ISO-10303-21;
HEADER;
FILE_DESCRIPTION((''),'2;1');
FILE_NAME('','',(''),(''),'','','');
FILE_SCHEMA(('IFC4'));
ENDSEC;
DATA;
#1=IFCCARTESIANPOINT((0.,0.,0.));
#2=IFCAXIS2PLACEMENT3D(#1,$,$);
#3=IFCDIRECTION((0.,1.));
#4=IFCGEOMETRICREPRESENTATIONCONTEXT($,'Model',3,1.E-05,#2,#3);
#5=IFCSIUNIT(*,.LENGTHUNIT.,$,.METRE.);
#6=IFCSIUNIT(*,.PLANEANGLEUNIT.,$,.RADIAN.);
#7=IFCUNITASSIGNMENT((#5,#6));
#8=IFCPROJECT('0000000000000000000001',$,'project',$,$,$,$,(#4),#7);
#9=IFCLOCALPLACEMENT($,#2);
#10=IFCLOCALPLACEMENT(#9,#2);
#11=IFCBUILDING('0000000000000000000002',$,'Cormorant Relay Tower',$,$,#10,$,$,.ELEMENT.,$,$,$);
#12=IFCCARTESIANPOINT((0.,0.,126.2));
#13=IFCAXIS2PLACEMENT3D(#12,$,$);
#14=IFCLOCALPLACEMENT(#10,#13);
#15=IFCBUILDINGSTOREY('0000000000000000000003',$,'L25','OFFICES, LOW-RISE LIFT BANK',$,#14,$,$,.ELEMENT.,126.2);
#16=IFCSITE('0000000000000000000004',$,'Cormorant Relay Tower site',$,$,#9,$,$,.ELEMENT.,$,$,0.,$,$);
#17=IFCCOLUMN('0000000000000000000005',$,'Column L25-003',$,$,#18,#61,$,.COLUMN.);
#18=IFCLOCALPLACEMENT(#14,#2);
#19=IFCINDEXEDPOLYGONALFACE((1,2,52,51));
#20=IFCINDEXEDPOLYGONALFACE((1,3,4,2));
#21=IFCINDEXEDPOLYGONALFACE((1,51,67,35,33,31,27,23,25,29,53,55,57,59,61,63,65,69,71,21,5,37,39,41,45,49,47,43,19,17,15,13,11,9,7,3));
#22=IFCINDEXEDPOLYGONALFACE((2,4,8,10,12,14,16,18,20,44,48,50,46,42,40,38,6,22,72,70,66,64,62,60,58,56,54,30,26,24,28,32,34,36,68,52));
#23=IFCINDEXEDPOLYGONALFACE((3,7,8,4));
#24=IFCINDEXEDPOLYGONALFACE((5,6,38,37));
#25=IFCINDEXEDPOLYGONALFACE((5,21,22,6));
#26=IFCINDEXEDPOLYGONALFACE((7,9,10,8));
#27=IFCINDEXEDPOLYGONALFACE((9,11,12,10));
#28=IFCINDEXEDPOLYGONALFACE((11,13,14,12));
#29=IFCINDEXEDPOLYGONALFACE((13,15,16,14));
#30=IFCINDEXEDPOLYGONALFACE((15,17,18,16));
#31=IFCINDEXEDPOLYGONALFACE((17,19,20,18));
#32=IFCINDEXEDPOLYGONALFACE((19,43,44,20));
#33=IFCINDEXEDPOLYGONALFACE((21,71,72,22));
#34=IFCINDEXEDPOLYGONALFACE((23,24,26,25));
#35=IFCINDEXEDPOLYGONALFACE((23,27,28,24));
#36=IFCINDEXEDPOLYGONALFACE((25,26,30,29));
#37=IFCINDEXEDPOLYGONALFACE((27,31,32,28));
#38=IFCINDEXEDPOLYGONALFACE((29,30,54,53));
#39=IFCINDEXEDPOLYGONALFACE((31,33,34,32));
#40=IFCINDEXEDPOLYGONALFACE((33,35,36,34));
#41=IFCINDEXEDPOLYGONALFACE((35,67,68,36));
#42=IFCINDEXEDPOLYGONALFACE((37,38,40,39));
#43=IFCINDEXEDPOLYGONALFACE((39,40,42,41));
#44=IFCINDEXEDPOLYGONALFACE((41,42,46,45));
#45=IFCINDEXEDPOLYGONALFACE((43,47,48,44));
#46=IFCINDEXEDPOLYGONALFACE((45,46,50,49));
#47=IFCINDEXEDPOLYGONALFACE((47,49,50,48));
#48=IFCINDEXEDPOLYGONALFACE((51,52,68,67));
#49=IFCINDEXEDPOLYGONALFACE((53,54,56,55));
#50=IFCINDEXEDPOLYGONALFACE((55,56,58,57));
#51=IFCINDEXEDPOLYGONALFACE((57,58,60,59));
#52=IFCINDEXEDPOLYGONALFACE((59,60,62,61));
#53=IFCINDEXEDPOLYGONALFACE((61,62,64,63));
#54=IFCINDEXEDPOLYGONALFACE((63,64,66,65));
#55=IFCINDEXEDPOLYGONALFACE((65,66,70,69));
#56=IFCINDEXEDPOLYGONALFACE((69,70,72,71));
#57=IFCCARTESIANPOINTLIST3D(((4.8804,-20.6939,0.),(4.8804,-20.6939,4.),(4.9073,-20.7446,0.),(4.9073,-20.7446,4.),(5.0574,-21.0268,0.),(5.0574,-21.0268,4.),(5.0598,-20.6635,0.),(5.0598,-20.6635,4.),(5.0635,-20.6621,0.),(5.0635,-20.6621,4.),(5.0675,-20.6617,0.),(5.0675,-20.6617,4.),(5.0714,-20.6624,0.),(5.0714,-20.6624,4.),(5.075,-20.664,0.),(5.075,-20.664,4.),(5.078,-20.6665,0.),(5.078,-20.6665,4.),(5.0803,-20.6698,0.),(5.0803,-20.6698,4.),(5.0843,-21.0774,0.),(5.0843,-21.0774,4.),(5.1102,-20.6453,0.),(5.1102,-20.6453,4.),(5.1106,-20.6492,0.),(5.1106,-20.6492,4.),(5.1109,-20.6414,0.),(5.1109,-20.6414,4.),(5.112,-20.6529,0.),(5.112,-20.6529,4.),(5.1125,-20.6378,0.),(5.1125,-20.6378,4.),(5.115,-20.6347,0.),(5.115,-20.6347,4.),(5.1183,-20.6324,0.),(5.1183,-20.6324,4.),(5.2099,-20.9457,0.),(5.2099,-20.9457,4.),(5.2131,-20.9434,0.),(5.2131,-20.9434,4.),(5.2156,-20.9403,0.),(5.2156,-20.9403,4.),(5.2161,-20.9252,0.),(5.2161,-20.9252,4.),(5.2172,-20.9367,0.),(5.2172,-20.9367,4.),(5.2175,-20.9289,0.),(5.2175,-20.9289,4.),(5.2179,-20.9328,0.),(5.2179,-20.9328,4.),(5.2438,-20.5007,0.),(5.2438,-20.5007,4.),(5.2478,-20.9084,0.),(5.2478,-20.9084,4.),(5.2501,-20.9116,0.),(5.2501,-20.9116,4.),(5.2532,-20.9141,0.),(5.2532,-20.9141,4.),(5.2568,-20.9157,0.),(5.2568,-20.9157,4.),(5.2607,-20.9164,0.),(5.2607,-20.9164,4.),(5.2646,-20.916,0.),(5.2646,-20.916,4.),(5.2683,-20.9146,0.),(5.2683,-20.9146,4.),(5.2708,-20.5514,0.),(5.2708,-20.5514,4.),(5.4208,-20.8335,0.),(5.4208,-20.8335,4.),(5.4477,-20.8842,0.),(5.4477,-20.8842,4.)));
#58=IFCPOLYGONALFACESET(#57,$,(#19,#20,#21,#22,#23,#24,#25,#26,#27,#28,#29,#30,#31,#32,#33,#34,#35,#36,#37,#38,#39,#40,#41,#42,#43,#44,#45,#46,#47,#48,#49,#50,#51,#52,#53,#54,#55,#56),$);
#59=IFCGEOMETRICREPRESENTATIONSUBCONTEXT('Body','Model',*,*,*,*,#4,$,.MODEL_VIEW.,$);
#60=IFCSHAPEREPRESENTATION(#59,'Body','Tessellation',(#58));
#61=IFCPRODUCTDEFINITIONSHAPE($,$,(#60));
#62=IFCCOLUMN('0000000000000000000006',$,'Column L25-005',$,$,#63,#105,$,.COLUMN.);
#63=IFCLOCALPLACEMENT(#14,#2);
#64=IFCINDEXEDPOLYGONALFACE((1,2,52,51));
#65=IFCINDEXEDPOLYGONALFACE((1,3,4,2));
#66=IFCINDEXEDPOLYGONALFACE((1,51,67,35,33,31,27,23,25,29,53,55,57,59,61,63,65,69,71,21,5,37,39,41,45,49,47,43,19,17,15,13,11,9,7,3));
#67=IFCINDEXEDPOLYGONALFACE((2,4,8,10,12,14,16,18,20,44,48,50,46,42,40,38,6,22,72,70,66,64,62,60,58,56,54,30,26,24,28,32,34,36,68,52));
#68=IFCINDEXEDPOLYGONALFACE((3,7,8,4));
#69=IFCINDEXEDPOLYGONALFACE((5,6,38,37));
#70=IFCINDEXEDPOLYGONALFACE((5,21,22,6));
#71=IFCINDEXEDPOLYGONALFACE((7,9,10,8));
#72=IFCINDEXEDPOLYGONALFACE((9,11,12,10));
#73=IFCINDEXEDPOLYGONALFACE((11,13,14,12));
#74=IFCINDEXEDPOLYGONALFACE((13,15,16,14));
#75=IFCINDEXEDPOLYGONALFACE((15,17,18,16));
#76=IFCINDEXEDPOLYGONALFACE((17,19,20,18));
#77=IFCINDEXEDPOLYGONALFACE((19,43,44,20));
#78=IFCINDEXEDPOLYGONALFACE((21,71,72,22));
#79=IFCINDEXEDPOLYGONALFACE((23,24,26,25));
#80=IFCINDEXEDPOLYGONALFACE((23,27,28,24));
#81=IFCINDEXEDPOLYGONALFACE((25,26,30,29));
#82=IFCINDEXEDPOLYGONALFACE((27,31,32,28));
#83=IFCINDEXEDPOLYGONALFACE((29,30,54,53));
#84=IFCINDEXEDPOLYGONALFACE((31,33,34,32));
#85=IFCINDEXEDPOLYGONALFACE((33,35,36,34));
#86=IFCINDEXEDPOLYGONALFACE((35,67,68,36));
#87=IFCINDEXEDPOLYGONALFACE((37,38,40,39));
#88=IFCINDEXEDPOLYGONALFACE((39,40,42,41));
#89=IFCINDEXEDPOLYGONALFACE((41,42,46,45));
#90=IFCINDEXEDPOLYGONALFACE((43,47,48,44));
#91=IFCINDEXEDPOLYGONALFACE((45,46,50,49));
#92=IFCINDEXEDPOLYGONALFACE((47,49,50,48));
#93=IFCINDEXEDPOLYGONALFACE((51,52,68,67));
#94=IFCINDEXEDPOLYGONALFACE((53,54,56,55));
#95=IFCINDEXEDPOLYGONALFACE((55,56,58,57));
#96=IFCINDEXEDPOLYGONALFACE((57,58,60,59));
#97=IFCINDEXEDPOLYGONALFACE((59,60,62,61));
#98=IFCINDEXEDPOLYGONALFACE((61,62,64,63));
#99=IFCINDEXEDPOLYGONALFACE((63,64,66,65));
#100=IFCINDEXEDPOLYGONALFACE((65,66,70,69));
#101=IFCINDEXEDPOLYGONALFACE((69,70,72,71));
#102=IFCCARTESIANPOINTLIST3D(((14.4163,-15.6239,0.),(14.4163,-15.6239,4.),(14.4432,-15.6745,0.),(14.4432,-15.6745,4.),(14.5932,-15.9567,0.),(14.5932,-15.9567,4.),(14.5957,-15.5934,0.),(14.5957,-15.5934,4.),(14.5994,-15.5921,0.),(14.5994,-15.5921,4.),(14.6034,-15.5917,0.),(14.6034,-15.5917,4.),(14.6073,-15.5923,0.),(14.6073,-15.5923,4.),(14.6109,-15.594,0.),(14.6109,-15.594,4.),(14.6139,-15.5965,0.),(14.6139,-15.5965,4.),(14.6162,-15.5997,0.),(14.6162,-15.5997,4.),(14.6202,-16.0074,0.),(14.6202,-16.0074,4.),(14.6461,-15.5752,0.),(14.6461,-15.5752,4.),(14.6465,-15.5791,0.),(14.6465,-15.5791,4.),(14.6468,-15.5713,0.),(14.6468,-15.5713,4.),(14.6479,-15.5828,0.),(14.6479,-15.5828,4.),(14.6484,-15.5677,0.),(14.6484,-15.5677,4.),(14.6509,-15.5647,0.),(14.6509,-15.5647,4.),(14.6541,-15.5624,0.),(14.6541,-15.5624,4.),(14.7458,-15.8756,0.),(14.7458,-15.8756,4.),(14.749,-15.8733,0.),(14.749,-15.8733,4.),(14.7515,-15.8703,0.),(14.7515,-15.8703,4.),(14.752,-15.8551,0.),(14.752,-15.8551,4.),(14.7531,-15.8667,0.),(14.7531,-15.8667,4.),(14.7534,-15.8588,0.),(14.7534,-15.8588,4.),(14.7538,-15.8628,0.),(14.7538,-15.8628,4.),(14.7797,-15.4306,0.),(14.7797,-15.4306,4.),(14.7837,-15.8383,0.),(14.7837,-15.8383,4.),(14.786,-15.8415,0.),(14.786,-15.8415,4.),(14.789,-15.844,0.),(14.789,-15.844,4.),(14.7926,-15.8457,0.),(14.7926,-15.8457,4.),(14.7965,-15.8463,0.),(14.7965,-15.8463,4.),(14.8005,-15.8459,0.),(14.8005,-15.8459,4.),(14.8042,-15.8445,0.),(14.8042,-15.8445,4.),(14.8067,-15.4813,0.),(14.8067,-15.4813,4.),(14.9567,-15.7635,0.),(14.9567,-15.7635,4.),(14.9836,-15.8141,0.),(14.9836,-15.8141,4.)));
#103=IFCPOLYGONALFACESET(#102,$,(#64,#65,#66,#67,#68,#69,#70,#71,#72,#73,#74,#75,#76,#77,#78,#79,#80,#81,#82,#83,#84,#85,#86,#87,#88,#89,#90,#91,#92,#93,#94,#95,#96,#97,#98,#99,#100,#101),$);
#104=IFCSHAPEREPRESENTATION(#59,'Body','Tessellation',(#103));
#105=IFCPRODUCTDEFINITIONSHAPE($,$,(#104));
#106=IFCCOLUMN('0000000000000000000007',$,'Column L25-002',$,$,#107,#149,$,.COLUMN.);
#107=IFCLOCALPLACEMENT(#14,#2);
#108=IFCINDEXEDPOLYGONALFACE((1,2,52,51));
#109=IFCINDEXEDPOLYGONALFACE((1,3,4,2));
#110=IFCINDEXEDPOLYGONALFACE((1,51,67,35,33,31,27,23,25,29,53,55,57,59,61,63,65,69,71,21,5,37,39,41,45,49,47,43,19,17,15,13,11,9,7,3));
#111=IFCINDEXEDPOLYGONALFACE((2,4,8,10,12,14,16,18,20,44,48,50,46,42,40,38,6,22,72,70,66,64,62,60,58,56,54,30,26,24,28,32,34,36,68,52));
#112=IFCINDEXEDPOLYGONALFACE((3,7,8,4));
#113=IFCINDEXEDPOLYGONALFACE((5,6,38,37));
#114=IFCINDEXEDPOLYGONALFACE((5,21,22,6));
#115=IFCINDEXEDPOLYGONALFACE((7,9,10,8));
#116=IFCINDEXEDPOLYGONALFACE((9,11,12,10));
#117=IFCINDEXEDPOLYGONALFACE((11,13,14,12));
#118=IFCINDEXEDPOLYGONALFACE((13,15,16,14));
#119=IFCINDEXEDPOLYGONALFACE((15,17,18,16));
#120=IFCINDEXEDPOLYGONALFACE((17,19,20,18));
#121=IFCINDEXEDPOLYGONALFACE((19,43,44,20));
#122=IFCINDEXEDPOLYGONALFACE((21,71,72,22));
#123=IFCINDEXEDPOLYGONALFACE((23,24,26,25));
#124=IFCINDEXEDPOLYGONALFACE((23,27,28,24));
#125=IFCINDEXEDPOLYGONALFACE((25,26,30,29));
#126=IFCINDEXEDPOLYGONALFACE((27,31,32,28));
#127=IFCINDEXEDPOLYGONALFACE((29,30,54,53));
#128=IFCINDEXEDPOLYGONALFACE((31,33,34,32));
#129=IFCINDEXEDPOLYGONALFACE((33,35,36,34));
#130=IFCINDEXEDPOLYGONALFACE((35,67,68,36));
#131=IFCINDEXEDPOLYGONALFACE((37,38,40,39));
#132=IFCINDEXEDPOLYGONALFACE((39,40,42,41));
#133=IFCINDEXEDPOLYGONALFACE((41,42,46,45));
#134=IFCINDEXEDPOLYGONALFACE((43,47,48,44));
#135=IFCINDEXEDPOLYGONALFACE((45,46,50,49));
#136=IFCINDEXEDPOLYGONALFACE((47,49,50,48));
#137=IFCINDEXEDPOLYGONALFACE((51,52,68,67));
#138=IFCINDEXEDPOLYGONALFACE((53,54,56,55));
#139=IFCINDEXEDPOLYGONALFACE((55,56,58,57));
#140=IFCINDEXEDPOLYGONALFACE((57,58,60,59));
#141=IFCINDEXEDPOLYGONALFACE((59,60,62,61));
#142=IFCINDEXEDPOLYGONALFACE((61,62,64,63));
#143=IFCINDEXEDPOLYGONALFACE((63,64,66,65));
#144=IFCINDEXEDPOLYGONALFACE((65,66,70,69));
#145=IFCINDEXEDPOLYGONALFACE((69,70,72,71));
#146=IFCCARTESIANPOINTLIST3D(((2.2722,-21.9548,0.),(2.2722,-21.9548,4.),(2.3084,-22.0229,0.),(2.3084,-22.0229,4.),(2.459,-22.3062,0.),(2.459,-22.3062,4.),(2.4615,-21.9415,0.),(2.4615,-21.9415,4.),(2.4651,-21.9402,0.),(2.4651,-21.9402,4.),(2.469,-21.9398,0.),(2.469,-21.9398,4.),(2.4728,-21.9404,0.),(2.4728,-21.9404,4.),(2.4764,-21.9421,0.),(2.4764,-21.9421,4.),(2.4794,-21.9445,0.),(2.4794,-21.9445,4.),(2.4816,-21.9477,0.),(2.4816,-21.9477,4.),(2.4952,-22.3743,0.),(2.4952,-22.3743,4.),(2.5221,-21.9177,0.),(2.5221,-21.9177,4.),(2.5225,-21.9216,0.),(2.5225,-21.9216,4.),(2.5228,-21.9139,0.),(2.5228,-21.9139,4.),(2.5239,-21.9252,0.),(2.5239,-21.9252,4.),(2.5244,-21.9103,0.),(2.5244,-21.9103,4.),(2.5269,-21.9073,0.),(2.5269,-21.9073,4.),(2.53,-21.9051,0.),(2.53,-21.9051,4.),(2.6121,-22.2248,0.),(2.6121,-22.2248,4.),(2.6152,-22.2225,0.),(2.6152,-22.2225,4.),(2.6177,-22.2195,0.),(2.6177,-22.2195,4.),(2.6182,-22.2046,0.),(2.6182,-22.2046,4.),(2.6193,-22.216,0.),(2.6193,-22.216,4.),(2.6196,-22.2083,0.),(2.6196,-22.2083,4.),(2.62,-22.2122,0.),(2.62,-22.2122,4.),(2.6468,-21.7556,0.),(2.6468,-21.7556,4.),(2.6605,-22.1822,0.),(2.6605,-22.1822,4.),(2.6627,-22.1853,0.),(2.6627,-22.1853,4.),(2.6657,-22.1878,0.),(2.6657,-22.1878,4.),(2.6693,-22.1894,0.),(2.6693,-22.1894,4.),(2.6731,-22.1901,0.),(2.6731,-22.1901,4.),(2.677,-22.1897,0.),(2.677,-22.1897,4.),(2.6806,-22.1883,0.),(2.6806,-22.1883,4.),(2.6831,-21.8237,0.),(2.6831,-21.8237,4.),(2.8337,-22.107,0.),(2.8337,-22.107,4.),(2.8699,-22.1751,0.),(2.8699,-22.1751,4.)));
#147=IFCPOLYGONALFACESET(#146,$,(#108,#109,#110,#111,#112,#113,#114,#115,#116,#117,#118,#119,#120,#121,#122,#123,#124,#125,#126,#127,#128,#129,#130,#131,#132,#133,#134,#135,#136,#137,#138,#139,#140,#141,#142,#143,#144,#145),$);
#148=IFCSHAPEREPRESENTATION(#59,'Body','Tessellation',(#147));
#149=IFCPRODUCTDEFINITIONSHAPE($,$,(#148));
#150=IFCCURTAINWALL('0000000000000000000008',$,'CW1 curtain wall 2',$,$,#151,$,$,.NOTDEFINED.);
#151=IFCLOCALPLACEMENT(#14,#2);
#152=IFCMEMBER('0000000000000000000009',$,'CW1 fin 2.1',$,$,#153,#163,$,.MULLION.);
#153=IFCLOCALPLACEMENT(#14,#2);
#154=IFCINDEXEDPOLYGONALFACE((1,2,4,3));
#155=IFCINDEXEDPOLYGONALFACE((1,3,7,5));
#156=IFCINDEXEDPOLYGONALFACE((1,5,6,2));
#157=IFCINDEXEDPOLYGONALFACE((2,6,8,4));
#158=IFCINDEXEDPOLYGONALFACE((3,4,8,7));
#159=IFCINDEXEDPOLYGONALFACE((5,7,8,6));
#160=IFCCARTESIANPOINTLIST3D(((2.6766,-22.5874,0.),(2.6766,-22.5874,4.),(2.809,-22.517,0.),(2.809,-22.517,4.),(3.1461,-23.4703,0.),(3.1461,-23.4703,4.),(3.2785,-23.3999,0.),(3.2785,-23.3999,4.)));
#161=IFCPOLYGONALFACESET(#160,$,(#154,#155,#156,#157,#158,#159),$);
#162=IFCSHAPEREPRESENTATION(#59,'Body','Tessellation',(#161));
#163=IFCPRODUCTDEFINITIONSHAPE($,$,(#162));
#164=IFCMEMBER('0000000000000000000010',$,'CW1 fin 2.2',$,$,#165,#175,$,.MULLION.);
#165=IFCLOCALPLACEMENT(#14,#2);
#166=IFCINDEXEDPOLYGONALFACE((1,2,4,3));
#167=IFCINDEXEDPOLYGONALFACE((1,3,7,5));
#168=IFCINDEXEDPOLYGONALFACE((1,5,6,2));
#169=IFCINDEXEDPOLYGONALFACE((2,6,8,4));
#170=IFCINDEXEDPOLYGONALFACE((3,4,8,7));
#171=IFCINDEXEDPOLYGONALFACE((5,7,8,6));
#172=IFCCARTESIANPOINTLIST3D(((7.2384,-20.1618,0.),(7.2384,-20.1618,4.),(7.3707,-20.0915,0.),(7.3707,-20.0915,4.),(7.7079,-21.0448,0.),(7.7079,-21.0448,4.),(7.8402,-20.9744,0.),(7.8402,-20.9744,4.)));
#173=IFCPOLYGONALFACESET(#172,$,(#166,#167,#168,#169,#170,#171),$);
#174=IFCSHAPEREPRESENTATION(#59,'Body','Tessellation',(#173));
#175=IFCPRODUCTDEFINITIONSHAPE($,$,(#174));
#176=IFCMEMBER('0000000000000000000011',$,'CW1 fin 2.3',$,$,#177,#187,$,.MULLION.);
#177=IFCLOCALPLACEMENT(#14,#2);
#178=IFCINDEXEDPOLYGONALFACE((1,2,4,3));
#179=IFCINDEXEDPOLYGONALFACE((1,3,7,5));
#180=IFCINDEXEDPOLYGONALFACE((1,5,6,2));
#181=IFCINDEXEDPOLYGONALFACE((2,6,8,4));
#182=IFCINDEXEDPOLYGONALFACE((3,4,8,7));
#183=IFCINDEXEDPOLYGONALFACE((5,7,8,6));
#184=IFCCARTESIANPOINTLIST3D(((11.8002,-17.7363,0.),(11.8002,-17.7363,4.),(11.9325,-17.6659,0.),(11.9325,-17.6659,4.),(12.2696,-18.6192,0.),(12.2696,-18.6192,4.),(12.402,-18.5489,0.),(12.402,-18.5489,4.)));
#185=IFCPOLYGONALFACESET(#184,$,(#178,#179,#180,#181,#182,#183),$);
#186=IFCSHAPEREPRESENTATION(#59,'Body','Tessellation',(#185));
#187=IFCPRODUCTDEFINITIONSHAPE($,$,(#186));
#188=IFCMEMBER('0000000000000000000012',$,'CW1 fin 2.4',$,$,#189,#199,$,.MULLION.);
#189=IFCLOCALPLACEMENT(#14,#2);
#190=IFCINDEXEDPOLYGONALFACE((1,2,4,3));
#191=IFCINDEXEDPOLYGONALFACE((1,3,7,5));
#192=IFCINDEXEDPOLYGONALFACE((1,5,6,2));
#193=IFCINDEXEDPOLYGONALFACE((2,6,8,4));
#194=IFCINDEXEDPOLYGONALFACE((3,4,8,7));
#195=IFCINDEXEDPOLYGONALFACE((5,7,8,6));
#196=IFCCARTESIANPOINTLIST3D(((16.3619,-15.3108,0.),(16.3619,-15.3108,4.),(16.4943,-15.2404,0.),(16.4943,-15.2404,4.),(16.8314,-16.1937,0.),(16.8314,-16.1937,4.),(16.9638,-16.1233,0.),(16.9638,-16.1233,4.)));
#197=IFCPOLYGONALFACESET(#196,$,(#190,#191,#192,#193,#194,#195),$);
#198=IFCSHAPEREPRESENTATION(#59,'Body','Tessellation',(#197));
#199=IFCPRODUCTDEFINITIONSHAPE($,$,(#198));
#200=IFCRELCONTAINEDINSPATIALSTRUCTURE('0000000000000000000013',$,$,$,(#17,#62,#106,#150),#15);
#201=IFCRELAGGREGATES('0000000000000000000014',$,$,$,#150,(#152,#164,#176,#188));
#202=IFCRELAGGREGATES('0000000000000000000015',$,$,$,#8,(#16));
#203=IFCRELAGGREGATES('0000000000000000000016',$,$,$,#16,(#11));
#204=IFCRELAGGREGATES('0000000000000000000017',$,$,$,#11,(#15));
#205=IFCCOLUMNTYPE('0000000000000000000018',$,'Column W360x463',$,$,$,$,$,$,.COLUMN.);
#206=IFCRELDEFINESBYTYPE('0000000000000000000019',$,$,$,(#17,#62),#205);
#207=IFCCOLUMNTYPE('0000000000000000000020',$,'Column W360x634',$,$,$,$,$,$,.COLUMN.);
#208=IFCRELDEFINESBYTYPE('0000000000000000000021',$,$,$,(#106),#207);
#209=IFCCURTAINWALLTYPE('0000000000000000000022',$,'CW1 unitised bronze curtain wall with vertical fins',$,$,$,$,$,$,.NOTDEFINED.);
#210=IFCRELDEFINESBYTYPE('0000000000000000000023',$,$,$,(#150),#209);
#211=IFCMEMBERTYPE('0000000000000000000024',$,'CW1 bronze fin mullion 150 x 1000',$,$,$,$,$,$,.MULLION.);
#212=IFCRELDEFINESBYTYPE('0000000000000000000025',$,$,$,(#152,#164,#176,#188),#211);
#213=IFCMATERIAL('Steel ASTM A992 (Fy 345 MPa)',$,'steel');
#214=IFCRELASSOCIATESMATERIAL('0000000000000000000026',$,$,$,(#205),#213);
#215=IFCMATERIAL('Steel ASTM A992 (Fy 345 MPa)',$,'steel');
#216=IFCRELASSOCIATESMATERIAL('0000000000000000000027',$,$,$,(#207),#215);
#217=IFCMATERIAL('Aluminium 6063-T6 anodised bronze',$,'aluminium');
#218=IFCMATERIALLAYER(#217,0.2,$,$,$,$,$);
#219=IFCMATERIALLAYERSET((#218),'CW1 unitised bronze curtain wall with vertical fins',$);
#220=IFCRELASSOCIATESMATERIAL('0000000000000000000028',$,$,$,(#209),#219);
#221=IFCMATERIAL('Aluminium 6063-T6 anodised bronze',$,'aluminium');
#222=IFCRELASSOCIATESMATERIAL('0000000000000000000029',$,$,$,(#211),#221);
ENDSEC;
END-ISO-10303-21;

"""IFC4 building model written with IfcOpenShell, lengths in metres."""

from ifc_helpers import new_model, si_unit, direction, frame, origin, origin_2d, place, context, subcontext, project, spatial, rectangle, i_section, extrude, material, layer, layer_set, material_profile, profile_set, type_object, element, aggregate, save


model = new_model("IFC4")

# Units and contexts
model_context = context("Model", 3, precision=1e-05, world=origin(), true_north=direction((0.0, 1.0)))
body_context = subcontext(model_context, "Body", "Model", "MODEL_VIEW")
ifc_project = project(units=[si_unit("LENGTHUNIT", "METRE"), si_unit("PLANEANGLEUNIT", "RADIAN")], contexts=[model_context])

# Site, building, storey
site_placement = place(None, origin())
site = spatial("IfcSite", under=ifc_project, at=site_placement, Name="Cormorant Relay Tower site", CompositionType="ELEMENT", RefElevation=0.0)
building_placement = place(site_placement, origin())
building = spatial("IfcBuilding", under=site, at=building_placement, Name="Cormorant Relay Tower", CompositionType="ELEMENT")
storey_placement = place(building_placement, frame((0.0, 0.0, 126.2)))
storey = spatial("IfcBuildingStorey", under=building, at=storey_placement, Name="L25", Description="OFFICES, LOW-RISE LIFT BANK", CompositionType="ELEMENT", Elevation=126.2)

# Columns
ifc_material_1 = material(Name="Steel ASTM A992 (Fy 345 MPa)", Category="steel")
ifc_material_profile_1 = material_profile(ifc_material_1, i_section(OverallWidth=0.4116, OverallDepth=0.4343, WebThickness=0.0359, FlangeThickness=0.0574, FilletRadius=0.0151, at=origin_2d()), Name="W360x463")
ifc_profile_set_1 = profile_set([ifc_material_profile_1], Name="Steel ASTM A992 (Fy 345 MPa)")
column_type_1 = type_object("IfcColumnType", Name="Column W360x463", PredefinedType="COLUMN", material=ifc_profile_set_1)
for number, where, z_axis, x_axis, name in (
    (1, (5.1641, -20.7891, 0.0), (0.0, 0.0, 1.0), (0.882948, 0.469472, 0.0), "Column L25-003"),
    (2, (14.7, -15.719, 0.0), (0.0, 0.0, 1.0), (0.882948, 0.469472, 0.0), "Column L25-005"),
):
    element("IfcColumn", number, at=place(storey_placement, frame(where, z_axis=z_axis, x_axis=x_axis)), inside=storey, type_object=column_type_1, Name=name, PredefinedType="COLUMN", context=body_context, shape_type="SweptSolid", body=[
        extrude(i_section(OverallWidth=0.4116, OverallDepth=0.4343, WebThickness=0.0359, FlangeThickness=0.0574, FilletRadius=0.0151, at=origin_2d()), origin(), (0.0, 0.0, 1.0), 4.0),
    ])
ifc_material_2 = material(Name="Steel ASTM A992 (Fy 345 MPa)", Category="steel")
ifc_material_profile_2 = material_profile(ifc_material_2, i_section(OverallWidth=0.4243, OverallDepth=0.4751, WebThickness=0.0479, FlangeThickness=0.0771, FilletRadius=0.0149, at=origin_2d()), Name="W360x634")
ifc_profile_set_2 = profile_set([ifc_material_profile_2], Name="Steel ASTM A992 (Fy 345 MPa)")
column_type_2 = type_object("IfcColumnType", Name="Column W360x634", PredefinedType="COLUMN", material=ifc_profile_set_2)
column_placement = place(storey_placement, frame((2.571, -22.0649, 0.0), z_axis=(0.0, 0.0, 1.0), x_axis=(0.882948, 0.469472, 0.0)))
element("IfcColumn", 3, at=column_placement, inside=storey, type_object=column_type_2, Name="Column L25-002", PredefinedType="COLUMN", context=body_context, shape_type="SweptSolid", body=[
    extrude(i_section(OverallWidth=0.4243, OverallDepth=0.4751, WebThickness=0.0479, FlangeThickness=0.0771, FilletRadius=0.0149, at=origin_2d()), origin(), (0.0, 0.0, 1.0), 4.0),
])

# Curtain wall, members
ifc_material_3 = material(Name="Aluminium 6063-T6 anodised bronze", Category="aluminium")
ifc_layer_1 = layer(ifc_material_3, 0.2)
ifc_layer_set_1 = layer_set([ifc_layer_1], Name="CW1 unitised bronze curtain wall with vertical fins")
curtain_wall_type = type_object("IfcCurtainWallType", Name="CW1 unitised bronze curtain wall with vertical fins", PredefinedType="NOTDEFINED", material=ifc_layer_set_1)
curtain_wall_1_placement = place(storey_placement, origin())
curtain_wall_1 = element("IfcCurtainWall", 4, at=curtain_wall_1_placement, inside=storey, type_object=curtain_wall_type, Name="CW1 curtain wall 2", PredefinedType="NOTDEFINED")
ifc_material_4 = material(Name="Aluminium 6063-T6 anodised bronze", Category="aluminium")
ifc_material_profile_3 = material_profile(ifc_material_4, rectangle(XDim=0.1499, YDim=1.0, at=origin_2d()), Name="AL 150x1000")
ifc_profile_set_3 = profile_set([ifc_material_profile_3], Name="Aluminium 6063-T6 anodised bronze")
member_type_1 = type_object("IfcMemberType", Name="CW1 bronze fin mullion 150 x 1000", PredefinedType="MULLION", material=ifc_profile_set_3)
member_1_placement = place(storey_placement, frame((2.9775, -22.9937, 0.0), z_axis=(0.0, 0.0, 1.0), x_axis=(0.882948, 0.469472, 0.0)))
member_1 = element("IfcMember", 5, at=member_1_placement, type_object=member_type_1, Name="CW1 fin 2.1", PredefinedType="MULLION", context=body_context, shape_type="SweptSolid", body=[
    extrude(rectangle(XDim=0.1499, YDim=1.0, at=origin_2d()), origin(), (0.0, 0.0, 1.0), 4.0),
])
member_2_placement = place(storey_placement, frame((7.5393, -20.5681, 0.0), z_axis=(0.0, 0.0, 1.0), x_axis=(0.882948, 0.469472, 0.0)))
member_2 = element("IfcMember", 6, at=member_2_placement, type_object=member_type_1, Name="CW1 fin 2.2", PredefinedType="MULLION", context=body_context, shape_type="SweptSolid", body=[
    extrude(rectangle(XDim=0.1499, YDim=1.0, at=origin_2d()), origin(), (0.0, 0.0, 1.0), 4.0),
])
member_3_placement = place(storey_placement, frame((12.1011, -18.1426, 0.0), z_axis=(0.0, 0.0, 1.0), x_axis=(0.882948, 0.469472, 0.0)))
member_3 = element("IfcMember", 7, at=member_3_placement, type_object=member_type_1, Name="CW1 fin 2.3", PredefinedType="MULLION", context=body_context, shape_type="SweptSolid", body=[
    extrude(rectangle(XDim=0.1499, YDim=1.0, at=origin_2d()), origin(), (0.0, 0.0, 1.0), 4.0),
])
member_4_placement = place(storey_placement, frame((16.6628, -15.717, 0.0), z_axis=(0.0, 0.0, 1.0), x_axis=(0.882948, 0.469472, 0.0)))
member_4 = element("IfcMember", 8, at=member_4_placement, type_object=member_type_1, Name="CW1 fin 2.4", PredefinedType="MULLION", context=body_context, shape_type="SweptSolid", body=[
    extrude(rectangle(XDim=0.1499, YDim=1.0, at=origin_2d()), origin(), (0.0, 0.0, 1.0), 4.0),
])

aggregate(curtain_wall_1, [member_1, member_2, member_3, member_4])

save(model, "model.ifc")
